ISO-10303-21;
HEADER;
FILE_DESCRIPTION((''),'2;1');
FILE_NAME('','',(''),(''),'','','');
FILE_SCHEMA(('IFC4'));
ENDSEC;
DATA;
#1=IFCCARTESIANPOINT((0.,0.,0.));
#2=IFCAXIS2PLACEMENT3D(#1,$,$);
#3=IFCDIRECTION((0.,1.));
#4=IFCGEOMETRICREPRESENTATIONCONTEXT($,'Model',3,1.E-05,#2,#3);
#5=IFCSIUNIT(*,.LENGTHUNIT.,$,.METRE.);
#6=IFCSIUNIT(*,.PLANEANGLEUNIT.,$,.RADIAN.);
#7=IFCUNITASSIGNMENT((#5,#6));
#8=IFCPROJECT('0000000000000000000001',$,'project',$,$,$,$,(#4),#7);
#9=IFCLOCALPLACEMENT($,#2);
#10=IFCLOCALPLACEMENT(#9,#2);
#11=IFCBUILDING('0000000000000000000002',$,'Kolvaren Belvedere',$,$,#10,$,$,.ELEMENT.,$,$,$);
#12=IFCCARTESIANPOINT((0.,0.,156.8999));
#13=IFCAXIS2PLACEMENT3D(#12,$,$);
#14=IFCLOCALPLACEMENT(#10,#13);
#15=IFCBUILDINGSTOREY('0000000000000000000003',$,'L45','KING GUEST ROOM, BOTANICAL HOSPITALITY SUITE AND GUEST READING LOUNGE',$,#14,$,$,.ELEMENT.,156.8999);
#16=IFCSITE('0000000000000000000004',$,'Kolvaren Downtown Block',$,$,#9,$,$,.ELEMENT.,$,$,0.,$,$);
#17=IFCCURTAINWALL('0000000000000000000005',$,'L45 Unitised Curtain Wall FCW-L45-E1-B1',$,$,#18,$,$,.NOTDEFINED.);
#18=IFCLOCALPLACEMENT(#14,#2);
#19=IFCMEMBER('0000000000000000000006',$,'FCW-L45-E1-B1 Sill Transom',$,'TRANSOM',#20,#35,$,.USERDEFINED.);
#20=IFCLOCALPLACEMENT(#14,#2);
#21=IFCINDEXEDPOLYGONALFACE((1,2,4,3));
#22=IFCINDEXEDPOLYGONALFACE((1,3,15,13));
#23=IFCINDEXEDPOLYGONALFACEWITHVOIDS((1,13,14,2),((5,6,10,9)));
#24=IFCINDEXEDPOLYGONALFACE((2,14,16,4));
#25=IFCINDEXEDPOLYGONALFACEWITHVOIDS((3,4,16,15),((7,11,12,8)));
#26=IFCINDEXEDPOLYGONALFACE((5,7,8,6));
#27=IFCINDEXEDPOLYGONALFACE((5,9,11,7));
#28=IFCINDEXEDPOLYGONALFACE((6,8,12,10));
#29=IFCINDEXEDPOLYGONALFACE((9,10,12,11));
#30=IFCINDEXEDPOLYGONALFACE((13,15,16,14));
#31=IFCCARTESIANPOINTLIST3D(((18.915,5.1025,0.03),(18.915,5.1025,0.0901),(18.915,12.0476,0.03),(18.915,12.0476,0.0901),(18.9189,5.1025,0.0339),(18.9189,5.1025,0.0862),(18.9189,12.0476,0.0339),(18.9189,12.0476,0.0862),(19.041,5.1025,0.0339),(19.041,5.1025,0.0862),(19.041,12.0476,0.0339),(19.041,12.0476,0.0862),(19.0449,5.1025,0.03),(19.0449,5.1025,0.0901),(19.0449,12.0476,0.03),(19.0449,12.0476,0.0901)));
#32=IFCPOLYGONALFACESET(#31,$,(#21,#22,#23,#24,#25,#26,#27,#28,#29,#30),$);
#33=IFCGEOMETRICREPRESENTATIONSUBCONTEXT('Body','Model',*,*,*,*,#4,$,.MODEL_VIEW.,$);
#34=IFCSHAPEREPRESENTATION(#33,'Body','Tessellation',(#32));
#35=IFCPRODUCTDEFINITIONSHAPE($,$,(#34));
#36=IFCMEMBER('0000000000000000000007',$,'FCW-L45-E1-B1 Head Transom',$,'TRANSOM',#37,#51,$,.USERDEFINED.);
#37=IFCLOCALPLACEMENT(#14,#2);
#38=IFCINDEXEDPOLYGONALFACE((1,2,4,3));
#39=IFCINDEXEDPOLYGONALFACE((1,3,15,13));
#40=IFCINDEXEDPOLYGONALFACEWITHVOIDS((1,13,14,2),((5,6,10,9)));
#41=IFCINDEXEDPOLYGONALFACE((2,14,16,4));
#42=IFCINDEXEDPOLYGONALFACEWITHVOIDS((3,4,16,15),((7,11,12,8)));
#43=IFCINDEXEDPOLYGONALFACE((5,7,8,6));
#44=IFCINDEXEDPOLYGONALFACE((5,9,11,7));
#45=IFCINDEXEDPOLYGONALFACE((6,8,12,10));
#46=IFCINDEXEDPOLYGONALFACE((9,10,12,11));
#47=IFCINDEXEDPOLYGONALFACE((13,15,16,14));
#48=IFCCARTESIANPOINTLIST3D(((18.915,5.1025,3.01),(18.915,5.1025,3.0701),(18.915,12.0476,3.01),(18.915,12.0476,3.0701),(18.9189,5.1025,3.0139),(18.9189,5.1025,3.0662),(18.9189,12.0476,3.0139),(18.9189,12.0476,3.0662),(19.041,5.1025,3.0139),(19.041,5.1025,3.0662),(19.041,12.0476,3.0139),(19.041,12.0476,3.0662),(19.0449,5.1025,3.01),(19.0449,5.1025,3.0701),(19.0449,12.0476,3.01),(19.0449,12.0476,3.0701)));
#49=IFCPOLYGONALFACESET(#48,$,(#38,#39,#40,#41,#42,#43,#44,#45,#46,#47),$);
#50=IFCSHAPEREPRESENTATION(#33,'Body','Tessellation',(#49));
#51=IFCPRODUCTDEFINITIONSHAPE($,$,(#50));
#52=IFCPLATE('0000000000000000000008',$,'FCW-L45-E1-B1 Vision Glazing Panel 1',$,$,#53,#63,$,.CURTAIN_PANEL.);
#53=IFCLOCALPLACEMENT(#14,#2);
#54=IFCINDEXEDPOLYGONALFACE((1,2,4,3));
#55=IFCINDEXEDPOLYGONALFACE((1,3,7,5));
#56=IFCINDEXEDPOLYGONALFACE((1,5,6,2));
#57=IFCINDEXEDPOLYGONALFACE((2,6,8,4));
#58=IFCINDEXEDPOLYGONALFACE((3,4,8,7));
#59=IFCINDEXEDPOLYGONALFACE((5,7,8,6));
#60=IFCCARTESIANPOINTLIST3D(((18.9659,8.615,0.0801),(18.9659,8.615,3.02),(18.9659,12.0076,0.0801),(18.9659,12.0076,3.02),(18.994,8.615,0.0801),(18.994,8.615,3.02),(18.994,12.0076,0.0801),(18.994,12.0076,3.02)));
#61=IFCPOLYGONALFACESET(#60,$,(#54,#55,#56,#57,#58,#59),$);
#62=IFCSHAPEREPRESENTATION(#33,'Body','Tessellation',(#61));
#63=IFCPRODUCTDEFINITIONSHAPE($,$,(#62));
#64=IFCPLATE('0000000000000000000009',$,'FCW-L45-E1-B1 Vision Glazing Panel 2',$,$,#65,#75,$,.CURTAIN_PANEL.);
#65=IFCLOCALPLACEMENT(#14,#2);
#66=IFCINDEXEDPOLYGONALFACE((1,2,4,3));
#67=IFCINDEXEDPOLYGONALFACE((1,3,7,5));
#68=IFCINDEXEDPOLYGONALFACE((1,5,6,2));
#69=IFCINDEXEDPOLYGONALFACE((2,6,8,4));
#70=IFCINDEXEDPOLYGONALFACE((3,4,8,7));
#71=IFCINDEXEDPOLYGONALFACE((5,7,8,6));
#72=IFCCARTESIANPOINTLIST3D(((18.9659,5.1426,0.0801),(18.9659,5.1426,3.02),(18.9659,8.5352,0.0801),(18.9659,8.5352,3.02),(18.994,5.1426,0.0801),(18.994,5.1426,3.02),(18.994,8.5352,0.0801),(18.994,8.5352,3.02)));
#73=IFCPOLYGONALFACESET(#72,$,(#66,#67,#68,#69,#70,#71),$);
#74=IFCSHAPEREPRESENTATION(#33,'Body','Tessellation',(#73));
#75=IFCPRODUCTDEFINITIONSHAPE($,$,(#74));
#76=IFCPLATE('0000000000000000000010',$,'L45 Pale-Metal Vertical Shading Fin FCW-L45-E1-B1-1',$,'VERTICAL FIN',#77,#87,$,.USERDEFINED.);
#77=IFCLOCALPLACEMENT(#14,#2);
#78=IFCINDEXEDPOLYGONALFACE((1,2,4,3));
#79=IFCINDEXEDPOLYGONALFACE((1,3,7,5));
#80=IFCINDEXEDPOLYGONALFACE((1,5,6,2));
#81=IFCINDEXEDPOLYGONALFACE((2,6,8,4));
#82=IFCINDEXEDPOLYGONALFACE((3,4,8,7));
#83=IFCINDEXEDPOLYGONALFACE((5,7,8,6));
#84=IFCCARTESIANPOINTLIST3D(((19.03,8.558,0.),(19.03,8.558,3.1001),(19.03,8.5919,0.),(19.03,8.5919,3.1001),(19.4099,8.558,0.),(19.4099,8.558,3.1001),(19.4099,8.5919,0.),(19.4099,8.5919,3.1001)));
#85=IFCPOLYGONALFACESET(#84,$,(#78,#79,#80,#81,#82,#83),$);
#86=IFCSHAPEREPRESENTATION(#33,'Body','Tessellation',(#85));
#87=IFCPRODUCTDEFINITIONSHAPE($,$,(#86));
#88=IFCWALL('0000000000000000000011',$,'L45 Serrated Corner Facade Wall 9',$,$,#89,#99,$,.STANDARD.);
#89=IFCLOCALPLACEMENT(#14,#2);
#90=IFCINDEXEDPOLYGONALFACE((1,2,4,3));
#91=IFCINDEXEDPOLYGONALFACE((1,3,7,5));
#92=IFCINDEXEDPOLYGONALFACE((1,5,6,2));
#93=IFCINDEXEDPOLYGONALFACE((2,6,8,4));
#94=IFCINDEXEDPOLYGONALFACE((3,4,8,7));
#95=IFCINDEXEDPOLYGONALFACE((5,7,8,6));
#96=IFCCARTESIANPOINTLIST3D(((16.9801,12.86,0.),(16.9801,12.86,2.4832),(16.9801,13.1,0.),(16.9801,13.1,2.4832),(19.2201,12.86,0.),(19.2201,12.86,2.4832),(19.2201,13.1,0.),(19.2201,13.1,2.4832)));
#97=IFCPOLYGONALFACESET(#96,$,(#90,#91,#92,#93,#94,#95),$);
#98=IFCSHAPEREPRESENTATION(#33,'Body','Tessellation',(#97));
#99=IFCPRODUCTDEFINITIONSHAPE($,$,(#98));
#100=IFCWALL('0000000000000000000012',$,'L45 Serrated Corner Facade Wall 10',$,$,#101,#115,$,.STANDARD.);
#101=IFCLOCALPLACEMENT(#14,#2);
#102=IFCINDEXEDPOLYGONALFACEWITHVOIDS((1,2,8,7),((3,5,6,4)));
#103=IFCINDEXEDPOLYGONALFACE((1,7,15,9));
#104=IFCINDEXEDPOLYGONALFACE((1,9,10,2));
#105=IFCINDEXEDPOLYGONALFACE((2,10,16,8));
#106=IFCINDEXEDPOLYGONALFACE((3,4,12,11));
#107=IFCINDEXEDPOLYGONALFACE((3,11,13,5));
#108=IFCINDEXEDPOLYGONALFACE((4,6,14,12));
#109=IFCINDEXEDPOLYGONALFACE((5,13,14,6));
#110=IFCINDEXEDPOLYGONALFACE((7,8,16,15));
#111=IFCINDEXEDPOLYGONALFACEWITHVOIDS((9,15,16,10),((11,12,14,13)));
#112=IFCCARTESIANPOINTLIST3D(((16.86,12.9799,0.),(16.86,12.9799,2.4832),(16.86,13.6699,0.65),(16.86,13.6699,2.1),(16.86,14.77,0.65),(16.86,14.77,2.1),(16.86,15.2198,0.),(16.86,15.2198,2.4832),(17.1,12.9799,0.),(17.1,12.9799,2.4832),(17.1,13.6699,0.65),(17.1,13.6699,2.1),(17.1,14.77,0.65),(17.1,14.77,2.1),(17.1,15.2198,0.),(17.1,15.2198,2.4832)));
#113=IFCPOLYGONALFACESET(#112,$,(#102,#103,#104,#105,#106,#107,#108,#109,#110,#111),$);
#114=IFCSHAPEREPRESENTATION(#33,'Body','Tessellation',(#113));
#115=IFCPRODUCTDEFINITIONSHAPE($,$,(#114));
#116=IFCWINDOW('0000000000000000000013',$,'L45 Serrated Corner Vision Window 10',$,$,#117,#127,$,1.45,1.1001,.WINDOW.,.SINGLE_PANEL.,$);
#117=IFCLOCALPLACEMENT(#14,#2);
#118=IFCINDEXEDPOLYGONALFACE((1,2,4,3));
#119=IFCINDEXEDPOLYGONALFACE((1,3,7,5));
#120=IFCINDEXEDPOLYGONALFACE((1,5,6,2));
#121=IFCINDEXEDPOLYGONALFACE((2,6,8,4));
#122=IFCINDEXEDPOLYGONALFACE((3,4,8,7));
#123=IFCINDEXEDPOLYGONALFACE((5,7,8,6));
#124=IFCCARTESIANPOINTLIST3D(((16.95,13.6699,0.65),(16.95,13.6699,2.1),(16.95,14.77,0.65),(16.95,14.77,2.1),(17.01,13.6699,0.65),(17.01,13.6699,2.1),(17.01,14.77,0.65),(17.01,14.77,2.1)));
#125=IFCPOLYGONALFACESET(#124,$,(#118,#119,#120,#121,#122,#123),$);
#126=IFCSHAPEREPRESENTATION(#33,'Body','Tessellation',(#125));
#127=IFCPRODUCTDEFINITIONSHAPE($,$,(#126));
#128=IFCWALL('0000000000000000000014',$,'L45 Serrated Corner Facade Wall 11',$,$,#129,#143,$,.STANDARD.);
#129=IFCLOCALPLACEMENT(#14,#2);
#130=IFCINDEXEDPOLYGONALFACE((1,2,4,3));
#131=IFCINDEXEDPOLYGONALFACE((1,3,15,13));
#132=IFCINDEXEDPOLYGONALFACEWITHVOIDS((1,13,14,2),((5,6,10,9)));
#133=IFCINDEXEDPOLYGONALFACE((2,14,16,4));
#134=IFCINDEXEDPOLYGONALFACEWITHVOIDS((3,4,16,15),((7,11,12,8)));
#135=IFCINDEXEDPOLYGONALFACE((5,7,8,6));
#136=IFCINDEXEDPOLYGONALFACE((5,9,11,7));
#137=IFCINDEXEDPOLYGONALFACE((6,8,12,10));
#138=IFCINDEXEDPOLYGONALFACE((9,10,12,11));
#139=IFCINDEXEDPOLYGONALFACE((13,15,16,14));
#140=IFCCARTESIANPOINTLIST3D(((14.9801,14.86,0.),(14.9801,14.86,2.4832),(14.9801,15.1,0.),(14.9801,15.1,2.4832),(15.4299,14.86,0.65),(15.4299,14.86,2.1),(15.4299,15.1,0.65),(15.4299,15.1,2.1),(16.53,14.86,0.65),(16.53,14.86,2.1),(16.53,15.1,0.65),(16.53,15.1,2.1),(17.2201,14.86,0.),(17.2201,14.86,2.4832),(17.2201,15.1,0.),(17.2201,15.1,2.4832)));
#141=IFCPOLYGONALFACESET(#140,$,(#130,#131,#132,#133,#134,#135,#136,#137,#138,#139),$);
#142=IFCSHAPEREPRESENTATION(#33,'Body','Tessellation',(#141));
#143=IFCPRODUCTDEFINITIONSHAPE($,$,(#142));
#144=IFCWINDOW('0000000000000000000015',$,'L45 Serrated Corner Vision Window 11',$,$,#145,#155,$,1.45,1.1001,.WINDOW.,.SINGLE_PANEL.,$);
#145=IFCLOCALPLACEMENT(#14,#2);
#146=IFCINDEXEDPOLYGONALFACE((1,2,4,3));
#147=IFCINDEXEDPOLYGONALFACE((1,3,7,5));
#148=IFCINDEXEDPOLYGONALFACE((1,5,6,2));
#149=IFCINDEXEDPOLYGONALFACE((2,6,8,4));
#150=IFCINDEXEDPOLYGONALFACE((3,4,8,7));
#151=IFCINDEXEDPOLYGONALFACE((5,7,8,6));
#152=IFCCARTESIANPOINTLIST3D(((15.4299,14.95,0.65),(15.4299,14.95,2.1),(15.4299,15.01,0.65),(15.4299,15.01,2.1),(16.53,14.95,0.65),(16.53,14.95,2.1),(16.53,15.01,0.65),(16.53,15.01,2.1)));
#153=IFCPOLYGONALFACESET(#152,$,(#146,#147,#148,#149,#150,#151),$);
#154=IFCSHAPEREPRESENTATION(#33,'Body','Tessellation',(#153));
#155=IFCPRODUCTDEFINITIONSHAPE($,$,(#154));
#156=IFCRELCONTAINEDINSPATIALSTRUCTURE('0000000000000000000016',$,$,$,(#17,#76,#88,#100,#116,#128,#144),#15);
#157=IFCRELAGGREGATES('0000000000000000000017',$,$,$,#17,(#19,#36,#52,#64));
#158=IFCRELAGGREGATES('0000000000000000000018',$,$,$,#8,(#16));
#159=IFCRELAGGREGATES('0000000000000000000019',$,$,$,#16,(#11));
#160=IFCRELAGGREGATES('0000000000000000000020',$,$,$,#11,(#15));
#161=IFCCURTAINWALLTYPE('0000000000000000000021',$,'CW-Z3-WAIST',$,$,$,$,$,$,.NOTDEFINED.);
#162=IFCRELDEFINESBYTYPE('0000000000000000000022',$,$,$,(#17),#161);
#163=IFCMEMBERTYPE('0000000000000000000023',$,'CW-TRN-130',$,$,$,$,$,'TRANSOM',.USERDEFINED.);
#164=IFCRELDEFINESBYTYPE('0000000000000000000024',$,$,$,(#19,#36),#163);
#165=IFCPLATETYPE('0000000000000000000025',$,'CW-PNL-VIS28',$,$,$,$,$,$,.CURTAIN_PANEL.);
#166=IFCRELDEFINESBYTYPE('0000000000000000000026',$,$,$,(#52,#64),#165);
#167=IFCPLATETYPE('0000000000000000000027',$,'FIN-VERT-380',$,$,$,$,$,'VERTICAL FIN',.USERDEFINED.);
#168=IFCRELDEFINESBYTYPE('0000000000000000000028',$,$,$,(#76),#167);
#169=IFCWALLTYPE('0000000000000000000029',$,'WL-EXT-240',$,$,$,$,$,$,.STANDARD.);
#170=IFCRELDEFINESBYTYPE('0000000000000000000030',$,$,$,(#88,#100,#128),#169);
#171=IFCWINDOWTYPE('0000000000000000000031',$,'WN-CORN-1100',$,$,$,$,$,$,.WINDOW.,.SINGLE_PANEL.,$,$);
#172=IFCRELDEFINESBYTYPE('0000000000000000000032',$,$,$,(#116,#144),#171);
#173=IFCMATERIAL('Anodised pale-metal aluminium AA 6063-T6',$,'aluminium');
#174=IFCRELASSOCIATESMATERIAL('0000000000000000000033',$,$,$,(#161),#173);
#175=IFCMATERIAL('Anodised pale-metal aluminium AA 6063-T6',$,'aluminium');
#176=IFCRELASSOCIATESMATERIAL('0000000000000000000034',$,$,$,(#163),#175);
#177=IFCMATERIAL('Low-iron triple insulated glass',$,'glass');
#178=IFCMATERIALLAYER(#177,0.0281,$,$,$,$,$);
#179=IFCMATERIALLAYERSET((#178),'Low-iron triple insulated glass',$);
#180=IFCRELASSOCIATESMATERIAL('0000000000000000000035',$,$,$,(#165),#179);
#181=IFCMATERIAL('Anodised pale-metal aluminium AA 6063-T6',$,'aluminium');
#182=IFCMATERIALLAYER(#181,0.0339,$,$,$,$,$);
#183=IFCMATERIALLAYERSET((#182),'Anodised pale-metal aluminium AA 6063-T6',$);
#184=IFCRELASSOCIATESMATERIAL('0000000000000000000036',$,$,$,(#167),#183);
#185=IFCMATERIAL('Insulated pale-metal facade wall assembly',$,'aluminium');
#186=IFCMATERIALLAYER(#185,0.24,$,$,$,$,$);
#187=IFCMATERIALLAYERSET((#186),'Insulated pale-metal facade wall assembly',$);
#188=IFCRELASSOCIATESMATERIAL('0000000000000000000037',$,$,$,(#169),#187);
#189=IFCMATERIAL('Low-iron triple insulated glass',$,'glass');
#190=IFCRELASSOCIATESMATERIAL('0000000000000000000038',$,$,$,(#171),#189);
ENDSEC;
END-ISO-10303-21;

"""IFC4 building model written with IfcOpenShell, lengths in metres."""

from ifc_helpers import new_model, si_unit, direction, frame, frame_2d, origin, origin_2d, place, context, subcontext, project, spatial, rectangle, hollow_rectangle, extrude, material, layer, layer_set, material_profile, profile_set, type_object, element, fill, aggregate, save


model = new_model("IFC4")

# Units and contexts
model_context = context("Model", 3, precision=1e-05, world=origin(), true_north=direction((0.0, 1.0)))
body_context = subcontext(model_context, "Body", "Model", "MODEL_VIEW")
ifc_project = project(units=[si_unit("LENGTHUNIT", "METRE"), si_unit("PLANEANGLEUNIT", "RADIAN")], contexts=[model_context])

# Site, building, storey
site_placement = place(None, origin())
site = spatial("IfcSite", under=ifc_project, at=site_placement, Name="Kolvaren Downtown Block", CompositionType="ELEMENT", RefElevation=0.0)
building_placement = place(site_placement, origin())
building = spatial("IfcBuilding", under=site, at=building_placement, Name="Kolvaren Belvedere", CompositionType="ELEMENT")
storey_placement = place(building_placement, frame((0.0, 0.0, 156.8999)))
storey = spatial("IfcBuildingStorey", under=building, at=storey_placement, Name="L45", Description="KING GUEST ROOM, BOTANICAL HOSPITALITY SUITE AND GUEST READING LOUNGE", CompositionType="ELEMENT", Elevation=156.8999)

# Curtain wall, members, plates
ifc_material_1 = material(Name="Anodised pale-metal aluminium AA 6063-T6", Category="aluminium")
curtain_wall_type = type_object("IfcCurtainWallType", Name="CW-Z3-WAIST", PredefinedType="NOTDEFINED", material=ifc_material_1)
curtain_wall_placement = place(storey_placement, origin())
curtain_wall = element("IfcCurtainWall", 1, at=curtain_wall_placement, inside=storey, type_object=curtain_wall_type, Name="L45 Unitised Curtain Wall FCW-L45-E1-B1", PredefinedType="NOTDEFINED")
ifc_material_2 = material(Name="Anodised pale-metal aluminium AA 6063-T6", Category="aluminium")
ifc_material_profile_1 = material_profile(ifc_material_2, hollow_rectangle(XDim=0.0601, YDim=0.1299, WallThickness=0.0039, at=origin_2d()), Name="ALU-TRN-130X60")
ifc_profile_set_1 = profile_set([ifc_material_profile_1], Name="Anodised pale-metal aluminium AA 6063-T6")
member_type_1 = type_object("IfcMemberType", Name="CW-TRN-130", ElementType="TRANSOM", PredefinedType="USERDEFINED", material=ifc_profile_set_1)
member_1_placement = place(storey_placement, frame((18.98, 12.0476, 0.0601), z_axis=(0.0, -1.0, 0.0), x_axis=(0.0, 0.0, 1.0)))
member_1 = element("IfcMember", 2, at=member_1_placement, type_object=member_type_1, Name="FCW-L45-E1-B1 Sill Transom", ObjectType="TRANSOM", PredefinedType="USERDEFINED", context=body_context, shape_type="SweptSolid", body=[
    extrude(hollow_rectangle(XDim=0.0601, YDim=0.1299, WallThickness=0.0039, at=origin_2d()), origin(), (0.0, 0.0, 1.0), 6.9451),
])
member_2_placement = place(storey_placement, frame((18.98, 12.0476, 3.04), z_axis=(0.0, -1.0, 0.0), x_axis=(0.0, 0.0, 1.0)))
member_2 = element("IfcMember", 3, at=member_2_placement, type_object=member_type_1, Name="FCW-L45-E1-B1 Head Transom", ObjectType="TRANSOM", PredefinedType="USERDEFINED", context=body_context, shape_type="SweptSolid", body=[
    extrude(hollow_rectangle(XDim=0.0601, YDim=0.1299, WallThickness=0.0039, at=origin_2d()), origin(), (0.0, 0.0, 1.0), 6.9451),
])
ifc_material_3 = material(Name="Low-iron triple insulated glass", Category="glass")
ifc_layer_1 = layer(ifc_material_3, 0.0281)
ifc_layer_set_1 = layer_set([ifc_layer_1], Name="Low-iron triple insulated glass")
plate_type_1 = type_object("IfcPlateType", Name="CW-PNL-VIS28", PredefinedType="CURTAIN_PANEL", material=ifc_layer_set_1)
plate_1_placement = place(storey_placement, frame((18.98, 10.3113, 0.0801), z_axis=(0.0, 0.0, 1.0), x_axis=(0.0, -1.0, 0.0)))
plate_1 = element("IfcPlate", 4, at=plate_1_placement, type_object=plate_type_1, Name="FCW-L45-E1-B1 Vision Glazing Panel 1", PredefinedType="CURTAIN_PANEL", context=body_context, shape_type="SweptSolid", body=[
    extrude(rectangle(XDim=3.3926, YDim=0.0281, at=origin_2d()), origin(), (0.0, 0.0, 1.0), 2.9399),
])
plate_2_placement = place(storey_placement, frame((18.98, 6.8389, 0.0801), z_axis=(0.0, 0.0, 1.0), x_axis=(0.0, -1.0, 0.0)))
plate_2 = element("IfcPlate", 5, at=plate_2_placement, type_object=plate_type_1, Name="FCW-L45-E1-B1 Vision Glazing Panel 2", PredefinedType="CURTAIN_PANEL", context=body_context, shape_type="SweptSolid", body=[
    extrude(rectangle(XDim=3.3926, YDim=0.0281, at=origin_2d()), origin(), (0.0, 0.0, 1.0), 2.9399),
])
aggregate(curtain_wall, [member_1, member_2, plate_1, plate_2])

# Plate
ifc_material_4 = material(Name="Anodised pale-metal aluminium AA 6063-T6", Category="aluminium")
ifc_layer_2 = layer(ifc_material_4, 0.0339)
ifc_layer_set_2 = layer_set([ifc_layer_2], Name="Anodised pale-metal aluminium AA 6063-T6")
plate_type_2 = type_object("IfcPlateType", Name="FIN-VERT-380", ElementType="VERTICAL FIN", PredefinedType="USERDEFINED", material=ifc_layer_set_2)
plate_3_placement = place(storey_placement, frame((19.22, 8.575, 0.0), z_axis=(0.0, 0.0, 1.0), x_axis=(1.0, 0.0, 0.0)))
element("IfcPlate", 6, at=plate_3_placement, inside=storey, type_object=plate_type_2, Name="L45 Pale-Metal Vertical Shading Fin FCW-L45-E1-B1-1", ObjectType="VERTICAL FIN", PredefinedType="USERDEFINED", context=body_context, shape_type="SweptSolid", body=[
    extrude(rectangle(XDim=0.3799, YDim=0.0339, at=origin_2d()), origin(), (0.0, 0.0, 1.0), 3.1001),
])

# Wall
ifc_material_5 = material(Name="Insulated pale-metal facade wall assembly", Category="aluminium")
ifc_layer_3 = layer(ifc_material_5, 0.24)
ifc_layer_set_3 = layer_set([ifc_layer_3], Name="Insulated pale-metal facade wall assembly")
wall_type_1 = type_object("IfcWallType", Name="WL-EXT-240", PredefinedType="STANDARD", material=ifc_layer_set_3)
wall_1_placement = place(storey_placement, frame((16.98, 12.98, 0.0), z_axis=(0.0, 0.0, 1.0), x_axis=(1.0, 0.0, 0.0)))
element("IfcWall", 7, at=wall_1_placement, inside=storey, type_object=wall_type_1, Name="L45 Serrated Corner Facade Wall 9", PredefinedType="STANDARD", context=body_context, shape_type="SweptSolid", body=[
    extrude(rectangle(XDim=2.24, YDim=0.24, at=frame_2d((1.1201, 0.0))), origin(), (0.0, 0.0, 1.0), 2.4832),
])

# Walls, openings, windows
wall_2_placement = place(storey_placement, frame((16.98, 15.22, 0.0), z_axis=(0.0, 0.0, 1.0), x_axis=(0.0, -1.0, 0.0)))
wall_2 = element("IfcWall", 8, at=wall_2_placement, inside=storey, type_object=wall_type_1, Name="L45 Serrated Corner Facade Wall 10", PredefinedType="STANDARD", context=body_context, shape_type="SweptSolid", body=[
    extrude(rectangle(XDim=2.24, YDim=0.24, at=frame_2d((1.1201, 0.0))), origin(), (0.0, 0.0, 1.0), 2.4832),
])
opening_1_placement = place(wall_2_placement, frame((0.45, 0.0, 0.6499)))
opening_1 = element("IfcOpeningElement", 9, at=opening_1_placement, cuts=wall_2, PredefinedType="OPENING", context=body_context, shape_type="SweptSolid", body=[
    extrude(rectangle(XDim=1.1001, YDim=1.45, at=frame_2d((0.55, 0.7251))), frame((0.0, 0.1299, 0.0), z_axis=(0.0, -1.0, 0.0), x_axis=(1.0, 0.0, 0.0)), (0.0, 0.0, 1.0), 0.26),
])
ifc_material_6 = material(Name="Low-iron triple insulated glass", Category="glass")
window_type = type_object("IfcWindowType", Name="WN-CORN-1100", PartitioningType="SINGLE_PANEL", PredefinedType="WINDOW", material=ifc_material_6)
window_1_placement = place(opening_1_placement, origin())
window_1 = element("IfcWindow", 10, at=window_1_placement, inside=storey, type_object=window_type, Name="L45 Serrated Corner Vision Window 10", OverallHeight=1.45, OverallWidth=1.1001, PartitioningType="SINGLE_PANEL", PredefinedType="WINDOW", context=body_context, shape_type="SweptSolid", body=[
    extrude(rectangle(XDim=1.1001, YDim=1.45, at=frame_2d((0.55, 0.7251))), frame((0.0, 0.03, 0.0), z_axis=(0.0, -1.0, 0.0), x_axis=(1.0, 0.0, 0.0)), (0.0, 0.0, 1.0), 0.0601),
])
fill(opening_1, window_1)
wall_3_placement = place(storey_placement, frame((14.98, 14.98, 0.0), z_axis=(0.0, 0.0, 1.0), x_axis=(1.0, 0.0, 0.0)))
wall_3 = element("IfcWall", 11, at=wall_3_placement, inside=storey, type_object=wall_type_1, Name="L45 Serrated Corner Facade Wall 11", PredefinedType="STANDARD", context=body_context, shape_type="SweptSolid", body=[
    extrude(rectangle(XDim=2.24, YDim=0.24, at=frame_2d((1.1201, 0.0))), origin(), (0.0, 0.0, 1.0), 2.4832),
])
opening_2_placement = place(wall_3_placement, frame((0.45, 0.0, 0.6499)))
opening_2 = element("IfcOpeningElement", 12, at=opening_2_placement, cuts=wall_3, PredefinedType="OPENING", context=body_context, shape_type="SweptSolid", body=[
    extrude(rectangle(XDim=1.1001, YDim=1.45, at=frame_2d((0.55, 0.7251))), frame((0.0, 0.1299, 0.0), z_axis=(0.0, -1.0, 0.0), x_axis=(1.0, 0.0, 0.0)), (0.0, 0.0, 1.0), 0.26),
])
window_2_placement = place(opening_2_placement, origin())
window_2 = element("IfcWindow", 13, at=window_2_placement, inside=storey, type_object=window_type, Name="L45 Serrated Corner Vision Window 11", OverallHeight=1.45, OverallWidth=1.1001, PartitioningType="SINGLE_PANEL", PredefinedType="WINDOW", context=body_context, shape_type="SweptSolid", body=[
    extrude(rectangle(XDim=1.1001, YDim=1.45, at=frame_2d((0.55, 0.7251))), frame((0.0, 0.03, 0.0), z_axis=(0.0, -1.0, 0.0), x_axis=(1.0, 0.0, 0.0)), (0.0, 0.0, 1.0), 0.0601),
])
fill(opening_2, window_2)

save(model, "model.ifc")
